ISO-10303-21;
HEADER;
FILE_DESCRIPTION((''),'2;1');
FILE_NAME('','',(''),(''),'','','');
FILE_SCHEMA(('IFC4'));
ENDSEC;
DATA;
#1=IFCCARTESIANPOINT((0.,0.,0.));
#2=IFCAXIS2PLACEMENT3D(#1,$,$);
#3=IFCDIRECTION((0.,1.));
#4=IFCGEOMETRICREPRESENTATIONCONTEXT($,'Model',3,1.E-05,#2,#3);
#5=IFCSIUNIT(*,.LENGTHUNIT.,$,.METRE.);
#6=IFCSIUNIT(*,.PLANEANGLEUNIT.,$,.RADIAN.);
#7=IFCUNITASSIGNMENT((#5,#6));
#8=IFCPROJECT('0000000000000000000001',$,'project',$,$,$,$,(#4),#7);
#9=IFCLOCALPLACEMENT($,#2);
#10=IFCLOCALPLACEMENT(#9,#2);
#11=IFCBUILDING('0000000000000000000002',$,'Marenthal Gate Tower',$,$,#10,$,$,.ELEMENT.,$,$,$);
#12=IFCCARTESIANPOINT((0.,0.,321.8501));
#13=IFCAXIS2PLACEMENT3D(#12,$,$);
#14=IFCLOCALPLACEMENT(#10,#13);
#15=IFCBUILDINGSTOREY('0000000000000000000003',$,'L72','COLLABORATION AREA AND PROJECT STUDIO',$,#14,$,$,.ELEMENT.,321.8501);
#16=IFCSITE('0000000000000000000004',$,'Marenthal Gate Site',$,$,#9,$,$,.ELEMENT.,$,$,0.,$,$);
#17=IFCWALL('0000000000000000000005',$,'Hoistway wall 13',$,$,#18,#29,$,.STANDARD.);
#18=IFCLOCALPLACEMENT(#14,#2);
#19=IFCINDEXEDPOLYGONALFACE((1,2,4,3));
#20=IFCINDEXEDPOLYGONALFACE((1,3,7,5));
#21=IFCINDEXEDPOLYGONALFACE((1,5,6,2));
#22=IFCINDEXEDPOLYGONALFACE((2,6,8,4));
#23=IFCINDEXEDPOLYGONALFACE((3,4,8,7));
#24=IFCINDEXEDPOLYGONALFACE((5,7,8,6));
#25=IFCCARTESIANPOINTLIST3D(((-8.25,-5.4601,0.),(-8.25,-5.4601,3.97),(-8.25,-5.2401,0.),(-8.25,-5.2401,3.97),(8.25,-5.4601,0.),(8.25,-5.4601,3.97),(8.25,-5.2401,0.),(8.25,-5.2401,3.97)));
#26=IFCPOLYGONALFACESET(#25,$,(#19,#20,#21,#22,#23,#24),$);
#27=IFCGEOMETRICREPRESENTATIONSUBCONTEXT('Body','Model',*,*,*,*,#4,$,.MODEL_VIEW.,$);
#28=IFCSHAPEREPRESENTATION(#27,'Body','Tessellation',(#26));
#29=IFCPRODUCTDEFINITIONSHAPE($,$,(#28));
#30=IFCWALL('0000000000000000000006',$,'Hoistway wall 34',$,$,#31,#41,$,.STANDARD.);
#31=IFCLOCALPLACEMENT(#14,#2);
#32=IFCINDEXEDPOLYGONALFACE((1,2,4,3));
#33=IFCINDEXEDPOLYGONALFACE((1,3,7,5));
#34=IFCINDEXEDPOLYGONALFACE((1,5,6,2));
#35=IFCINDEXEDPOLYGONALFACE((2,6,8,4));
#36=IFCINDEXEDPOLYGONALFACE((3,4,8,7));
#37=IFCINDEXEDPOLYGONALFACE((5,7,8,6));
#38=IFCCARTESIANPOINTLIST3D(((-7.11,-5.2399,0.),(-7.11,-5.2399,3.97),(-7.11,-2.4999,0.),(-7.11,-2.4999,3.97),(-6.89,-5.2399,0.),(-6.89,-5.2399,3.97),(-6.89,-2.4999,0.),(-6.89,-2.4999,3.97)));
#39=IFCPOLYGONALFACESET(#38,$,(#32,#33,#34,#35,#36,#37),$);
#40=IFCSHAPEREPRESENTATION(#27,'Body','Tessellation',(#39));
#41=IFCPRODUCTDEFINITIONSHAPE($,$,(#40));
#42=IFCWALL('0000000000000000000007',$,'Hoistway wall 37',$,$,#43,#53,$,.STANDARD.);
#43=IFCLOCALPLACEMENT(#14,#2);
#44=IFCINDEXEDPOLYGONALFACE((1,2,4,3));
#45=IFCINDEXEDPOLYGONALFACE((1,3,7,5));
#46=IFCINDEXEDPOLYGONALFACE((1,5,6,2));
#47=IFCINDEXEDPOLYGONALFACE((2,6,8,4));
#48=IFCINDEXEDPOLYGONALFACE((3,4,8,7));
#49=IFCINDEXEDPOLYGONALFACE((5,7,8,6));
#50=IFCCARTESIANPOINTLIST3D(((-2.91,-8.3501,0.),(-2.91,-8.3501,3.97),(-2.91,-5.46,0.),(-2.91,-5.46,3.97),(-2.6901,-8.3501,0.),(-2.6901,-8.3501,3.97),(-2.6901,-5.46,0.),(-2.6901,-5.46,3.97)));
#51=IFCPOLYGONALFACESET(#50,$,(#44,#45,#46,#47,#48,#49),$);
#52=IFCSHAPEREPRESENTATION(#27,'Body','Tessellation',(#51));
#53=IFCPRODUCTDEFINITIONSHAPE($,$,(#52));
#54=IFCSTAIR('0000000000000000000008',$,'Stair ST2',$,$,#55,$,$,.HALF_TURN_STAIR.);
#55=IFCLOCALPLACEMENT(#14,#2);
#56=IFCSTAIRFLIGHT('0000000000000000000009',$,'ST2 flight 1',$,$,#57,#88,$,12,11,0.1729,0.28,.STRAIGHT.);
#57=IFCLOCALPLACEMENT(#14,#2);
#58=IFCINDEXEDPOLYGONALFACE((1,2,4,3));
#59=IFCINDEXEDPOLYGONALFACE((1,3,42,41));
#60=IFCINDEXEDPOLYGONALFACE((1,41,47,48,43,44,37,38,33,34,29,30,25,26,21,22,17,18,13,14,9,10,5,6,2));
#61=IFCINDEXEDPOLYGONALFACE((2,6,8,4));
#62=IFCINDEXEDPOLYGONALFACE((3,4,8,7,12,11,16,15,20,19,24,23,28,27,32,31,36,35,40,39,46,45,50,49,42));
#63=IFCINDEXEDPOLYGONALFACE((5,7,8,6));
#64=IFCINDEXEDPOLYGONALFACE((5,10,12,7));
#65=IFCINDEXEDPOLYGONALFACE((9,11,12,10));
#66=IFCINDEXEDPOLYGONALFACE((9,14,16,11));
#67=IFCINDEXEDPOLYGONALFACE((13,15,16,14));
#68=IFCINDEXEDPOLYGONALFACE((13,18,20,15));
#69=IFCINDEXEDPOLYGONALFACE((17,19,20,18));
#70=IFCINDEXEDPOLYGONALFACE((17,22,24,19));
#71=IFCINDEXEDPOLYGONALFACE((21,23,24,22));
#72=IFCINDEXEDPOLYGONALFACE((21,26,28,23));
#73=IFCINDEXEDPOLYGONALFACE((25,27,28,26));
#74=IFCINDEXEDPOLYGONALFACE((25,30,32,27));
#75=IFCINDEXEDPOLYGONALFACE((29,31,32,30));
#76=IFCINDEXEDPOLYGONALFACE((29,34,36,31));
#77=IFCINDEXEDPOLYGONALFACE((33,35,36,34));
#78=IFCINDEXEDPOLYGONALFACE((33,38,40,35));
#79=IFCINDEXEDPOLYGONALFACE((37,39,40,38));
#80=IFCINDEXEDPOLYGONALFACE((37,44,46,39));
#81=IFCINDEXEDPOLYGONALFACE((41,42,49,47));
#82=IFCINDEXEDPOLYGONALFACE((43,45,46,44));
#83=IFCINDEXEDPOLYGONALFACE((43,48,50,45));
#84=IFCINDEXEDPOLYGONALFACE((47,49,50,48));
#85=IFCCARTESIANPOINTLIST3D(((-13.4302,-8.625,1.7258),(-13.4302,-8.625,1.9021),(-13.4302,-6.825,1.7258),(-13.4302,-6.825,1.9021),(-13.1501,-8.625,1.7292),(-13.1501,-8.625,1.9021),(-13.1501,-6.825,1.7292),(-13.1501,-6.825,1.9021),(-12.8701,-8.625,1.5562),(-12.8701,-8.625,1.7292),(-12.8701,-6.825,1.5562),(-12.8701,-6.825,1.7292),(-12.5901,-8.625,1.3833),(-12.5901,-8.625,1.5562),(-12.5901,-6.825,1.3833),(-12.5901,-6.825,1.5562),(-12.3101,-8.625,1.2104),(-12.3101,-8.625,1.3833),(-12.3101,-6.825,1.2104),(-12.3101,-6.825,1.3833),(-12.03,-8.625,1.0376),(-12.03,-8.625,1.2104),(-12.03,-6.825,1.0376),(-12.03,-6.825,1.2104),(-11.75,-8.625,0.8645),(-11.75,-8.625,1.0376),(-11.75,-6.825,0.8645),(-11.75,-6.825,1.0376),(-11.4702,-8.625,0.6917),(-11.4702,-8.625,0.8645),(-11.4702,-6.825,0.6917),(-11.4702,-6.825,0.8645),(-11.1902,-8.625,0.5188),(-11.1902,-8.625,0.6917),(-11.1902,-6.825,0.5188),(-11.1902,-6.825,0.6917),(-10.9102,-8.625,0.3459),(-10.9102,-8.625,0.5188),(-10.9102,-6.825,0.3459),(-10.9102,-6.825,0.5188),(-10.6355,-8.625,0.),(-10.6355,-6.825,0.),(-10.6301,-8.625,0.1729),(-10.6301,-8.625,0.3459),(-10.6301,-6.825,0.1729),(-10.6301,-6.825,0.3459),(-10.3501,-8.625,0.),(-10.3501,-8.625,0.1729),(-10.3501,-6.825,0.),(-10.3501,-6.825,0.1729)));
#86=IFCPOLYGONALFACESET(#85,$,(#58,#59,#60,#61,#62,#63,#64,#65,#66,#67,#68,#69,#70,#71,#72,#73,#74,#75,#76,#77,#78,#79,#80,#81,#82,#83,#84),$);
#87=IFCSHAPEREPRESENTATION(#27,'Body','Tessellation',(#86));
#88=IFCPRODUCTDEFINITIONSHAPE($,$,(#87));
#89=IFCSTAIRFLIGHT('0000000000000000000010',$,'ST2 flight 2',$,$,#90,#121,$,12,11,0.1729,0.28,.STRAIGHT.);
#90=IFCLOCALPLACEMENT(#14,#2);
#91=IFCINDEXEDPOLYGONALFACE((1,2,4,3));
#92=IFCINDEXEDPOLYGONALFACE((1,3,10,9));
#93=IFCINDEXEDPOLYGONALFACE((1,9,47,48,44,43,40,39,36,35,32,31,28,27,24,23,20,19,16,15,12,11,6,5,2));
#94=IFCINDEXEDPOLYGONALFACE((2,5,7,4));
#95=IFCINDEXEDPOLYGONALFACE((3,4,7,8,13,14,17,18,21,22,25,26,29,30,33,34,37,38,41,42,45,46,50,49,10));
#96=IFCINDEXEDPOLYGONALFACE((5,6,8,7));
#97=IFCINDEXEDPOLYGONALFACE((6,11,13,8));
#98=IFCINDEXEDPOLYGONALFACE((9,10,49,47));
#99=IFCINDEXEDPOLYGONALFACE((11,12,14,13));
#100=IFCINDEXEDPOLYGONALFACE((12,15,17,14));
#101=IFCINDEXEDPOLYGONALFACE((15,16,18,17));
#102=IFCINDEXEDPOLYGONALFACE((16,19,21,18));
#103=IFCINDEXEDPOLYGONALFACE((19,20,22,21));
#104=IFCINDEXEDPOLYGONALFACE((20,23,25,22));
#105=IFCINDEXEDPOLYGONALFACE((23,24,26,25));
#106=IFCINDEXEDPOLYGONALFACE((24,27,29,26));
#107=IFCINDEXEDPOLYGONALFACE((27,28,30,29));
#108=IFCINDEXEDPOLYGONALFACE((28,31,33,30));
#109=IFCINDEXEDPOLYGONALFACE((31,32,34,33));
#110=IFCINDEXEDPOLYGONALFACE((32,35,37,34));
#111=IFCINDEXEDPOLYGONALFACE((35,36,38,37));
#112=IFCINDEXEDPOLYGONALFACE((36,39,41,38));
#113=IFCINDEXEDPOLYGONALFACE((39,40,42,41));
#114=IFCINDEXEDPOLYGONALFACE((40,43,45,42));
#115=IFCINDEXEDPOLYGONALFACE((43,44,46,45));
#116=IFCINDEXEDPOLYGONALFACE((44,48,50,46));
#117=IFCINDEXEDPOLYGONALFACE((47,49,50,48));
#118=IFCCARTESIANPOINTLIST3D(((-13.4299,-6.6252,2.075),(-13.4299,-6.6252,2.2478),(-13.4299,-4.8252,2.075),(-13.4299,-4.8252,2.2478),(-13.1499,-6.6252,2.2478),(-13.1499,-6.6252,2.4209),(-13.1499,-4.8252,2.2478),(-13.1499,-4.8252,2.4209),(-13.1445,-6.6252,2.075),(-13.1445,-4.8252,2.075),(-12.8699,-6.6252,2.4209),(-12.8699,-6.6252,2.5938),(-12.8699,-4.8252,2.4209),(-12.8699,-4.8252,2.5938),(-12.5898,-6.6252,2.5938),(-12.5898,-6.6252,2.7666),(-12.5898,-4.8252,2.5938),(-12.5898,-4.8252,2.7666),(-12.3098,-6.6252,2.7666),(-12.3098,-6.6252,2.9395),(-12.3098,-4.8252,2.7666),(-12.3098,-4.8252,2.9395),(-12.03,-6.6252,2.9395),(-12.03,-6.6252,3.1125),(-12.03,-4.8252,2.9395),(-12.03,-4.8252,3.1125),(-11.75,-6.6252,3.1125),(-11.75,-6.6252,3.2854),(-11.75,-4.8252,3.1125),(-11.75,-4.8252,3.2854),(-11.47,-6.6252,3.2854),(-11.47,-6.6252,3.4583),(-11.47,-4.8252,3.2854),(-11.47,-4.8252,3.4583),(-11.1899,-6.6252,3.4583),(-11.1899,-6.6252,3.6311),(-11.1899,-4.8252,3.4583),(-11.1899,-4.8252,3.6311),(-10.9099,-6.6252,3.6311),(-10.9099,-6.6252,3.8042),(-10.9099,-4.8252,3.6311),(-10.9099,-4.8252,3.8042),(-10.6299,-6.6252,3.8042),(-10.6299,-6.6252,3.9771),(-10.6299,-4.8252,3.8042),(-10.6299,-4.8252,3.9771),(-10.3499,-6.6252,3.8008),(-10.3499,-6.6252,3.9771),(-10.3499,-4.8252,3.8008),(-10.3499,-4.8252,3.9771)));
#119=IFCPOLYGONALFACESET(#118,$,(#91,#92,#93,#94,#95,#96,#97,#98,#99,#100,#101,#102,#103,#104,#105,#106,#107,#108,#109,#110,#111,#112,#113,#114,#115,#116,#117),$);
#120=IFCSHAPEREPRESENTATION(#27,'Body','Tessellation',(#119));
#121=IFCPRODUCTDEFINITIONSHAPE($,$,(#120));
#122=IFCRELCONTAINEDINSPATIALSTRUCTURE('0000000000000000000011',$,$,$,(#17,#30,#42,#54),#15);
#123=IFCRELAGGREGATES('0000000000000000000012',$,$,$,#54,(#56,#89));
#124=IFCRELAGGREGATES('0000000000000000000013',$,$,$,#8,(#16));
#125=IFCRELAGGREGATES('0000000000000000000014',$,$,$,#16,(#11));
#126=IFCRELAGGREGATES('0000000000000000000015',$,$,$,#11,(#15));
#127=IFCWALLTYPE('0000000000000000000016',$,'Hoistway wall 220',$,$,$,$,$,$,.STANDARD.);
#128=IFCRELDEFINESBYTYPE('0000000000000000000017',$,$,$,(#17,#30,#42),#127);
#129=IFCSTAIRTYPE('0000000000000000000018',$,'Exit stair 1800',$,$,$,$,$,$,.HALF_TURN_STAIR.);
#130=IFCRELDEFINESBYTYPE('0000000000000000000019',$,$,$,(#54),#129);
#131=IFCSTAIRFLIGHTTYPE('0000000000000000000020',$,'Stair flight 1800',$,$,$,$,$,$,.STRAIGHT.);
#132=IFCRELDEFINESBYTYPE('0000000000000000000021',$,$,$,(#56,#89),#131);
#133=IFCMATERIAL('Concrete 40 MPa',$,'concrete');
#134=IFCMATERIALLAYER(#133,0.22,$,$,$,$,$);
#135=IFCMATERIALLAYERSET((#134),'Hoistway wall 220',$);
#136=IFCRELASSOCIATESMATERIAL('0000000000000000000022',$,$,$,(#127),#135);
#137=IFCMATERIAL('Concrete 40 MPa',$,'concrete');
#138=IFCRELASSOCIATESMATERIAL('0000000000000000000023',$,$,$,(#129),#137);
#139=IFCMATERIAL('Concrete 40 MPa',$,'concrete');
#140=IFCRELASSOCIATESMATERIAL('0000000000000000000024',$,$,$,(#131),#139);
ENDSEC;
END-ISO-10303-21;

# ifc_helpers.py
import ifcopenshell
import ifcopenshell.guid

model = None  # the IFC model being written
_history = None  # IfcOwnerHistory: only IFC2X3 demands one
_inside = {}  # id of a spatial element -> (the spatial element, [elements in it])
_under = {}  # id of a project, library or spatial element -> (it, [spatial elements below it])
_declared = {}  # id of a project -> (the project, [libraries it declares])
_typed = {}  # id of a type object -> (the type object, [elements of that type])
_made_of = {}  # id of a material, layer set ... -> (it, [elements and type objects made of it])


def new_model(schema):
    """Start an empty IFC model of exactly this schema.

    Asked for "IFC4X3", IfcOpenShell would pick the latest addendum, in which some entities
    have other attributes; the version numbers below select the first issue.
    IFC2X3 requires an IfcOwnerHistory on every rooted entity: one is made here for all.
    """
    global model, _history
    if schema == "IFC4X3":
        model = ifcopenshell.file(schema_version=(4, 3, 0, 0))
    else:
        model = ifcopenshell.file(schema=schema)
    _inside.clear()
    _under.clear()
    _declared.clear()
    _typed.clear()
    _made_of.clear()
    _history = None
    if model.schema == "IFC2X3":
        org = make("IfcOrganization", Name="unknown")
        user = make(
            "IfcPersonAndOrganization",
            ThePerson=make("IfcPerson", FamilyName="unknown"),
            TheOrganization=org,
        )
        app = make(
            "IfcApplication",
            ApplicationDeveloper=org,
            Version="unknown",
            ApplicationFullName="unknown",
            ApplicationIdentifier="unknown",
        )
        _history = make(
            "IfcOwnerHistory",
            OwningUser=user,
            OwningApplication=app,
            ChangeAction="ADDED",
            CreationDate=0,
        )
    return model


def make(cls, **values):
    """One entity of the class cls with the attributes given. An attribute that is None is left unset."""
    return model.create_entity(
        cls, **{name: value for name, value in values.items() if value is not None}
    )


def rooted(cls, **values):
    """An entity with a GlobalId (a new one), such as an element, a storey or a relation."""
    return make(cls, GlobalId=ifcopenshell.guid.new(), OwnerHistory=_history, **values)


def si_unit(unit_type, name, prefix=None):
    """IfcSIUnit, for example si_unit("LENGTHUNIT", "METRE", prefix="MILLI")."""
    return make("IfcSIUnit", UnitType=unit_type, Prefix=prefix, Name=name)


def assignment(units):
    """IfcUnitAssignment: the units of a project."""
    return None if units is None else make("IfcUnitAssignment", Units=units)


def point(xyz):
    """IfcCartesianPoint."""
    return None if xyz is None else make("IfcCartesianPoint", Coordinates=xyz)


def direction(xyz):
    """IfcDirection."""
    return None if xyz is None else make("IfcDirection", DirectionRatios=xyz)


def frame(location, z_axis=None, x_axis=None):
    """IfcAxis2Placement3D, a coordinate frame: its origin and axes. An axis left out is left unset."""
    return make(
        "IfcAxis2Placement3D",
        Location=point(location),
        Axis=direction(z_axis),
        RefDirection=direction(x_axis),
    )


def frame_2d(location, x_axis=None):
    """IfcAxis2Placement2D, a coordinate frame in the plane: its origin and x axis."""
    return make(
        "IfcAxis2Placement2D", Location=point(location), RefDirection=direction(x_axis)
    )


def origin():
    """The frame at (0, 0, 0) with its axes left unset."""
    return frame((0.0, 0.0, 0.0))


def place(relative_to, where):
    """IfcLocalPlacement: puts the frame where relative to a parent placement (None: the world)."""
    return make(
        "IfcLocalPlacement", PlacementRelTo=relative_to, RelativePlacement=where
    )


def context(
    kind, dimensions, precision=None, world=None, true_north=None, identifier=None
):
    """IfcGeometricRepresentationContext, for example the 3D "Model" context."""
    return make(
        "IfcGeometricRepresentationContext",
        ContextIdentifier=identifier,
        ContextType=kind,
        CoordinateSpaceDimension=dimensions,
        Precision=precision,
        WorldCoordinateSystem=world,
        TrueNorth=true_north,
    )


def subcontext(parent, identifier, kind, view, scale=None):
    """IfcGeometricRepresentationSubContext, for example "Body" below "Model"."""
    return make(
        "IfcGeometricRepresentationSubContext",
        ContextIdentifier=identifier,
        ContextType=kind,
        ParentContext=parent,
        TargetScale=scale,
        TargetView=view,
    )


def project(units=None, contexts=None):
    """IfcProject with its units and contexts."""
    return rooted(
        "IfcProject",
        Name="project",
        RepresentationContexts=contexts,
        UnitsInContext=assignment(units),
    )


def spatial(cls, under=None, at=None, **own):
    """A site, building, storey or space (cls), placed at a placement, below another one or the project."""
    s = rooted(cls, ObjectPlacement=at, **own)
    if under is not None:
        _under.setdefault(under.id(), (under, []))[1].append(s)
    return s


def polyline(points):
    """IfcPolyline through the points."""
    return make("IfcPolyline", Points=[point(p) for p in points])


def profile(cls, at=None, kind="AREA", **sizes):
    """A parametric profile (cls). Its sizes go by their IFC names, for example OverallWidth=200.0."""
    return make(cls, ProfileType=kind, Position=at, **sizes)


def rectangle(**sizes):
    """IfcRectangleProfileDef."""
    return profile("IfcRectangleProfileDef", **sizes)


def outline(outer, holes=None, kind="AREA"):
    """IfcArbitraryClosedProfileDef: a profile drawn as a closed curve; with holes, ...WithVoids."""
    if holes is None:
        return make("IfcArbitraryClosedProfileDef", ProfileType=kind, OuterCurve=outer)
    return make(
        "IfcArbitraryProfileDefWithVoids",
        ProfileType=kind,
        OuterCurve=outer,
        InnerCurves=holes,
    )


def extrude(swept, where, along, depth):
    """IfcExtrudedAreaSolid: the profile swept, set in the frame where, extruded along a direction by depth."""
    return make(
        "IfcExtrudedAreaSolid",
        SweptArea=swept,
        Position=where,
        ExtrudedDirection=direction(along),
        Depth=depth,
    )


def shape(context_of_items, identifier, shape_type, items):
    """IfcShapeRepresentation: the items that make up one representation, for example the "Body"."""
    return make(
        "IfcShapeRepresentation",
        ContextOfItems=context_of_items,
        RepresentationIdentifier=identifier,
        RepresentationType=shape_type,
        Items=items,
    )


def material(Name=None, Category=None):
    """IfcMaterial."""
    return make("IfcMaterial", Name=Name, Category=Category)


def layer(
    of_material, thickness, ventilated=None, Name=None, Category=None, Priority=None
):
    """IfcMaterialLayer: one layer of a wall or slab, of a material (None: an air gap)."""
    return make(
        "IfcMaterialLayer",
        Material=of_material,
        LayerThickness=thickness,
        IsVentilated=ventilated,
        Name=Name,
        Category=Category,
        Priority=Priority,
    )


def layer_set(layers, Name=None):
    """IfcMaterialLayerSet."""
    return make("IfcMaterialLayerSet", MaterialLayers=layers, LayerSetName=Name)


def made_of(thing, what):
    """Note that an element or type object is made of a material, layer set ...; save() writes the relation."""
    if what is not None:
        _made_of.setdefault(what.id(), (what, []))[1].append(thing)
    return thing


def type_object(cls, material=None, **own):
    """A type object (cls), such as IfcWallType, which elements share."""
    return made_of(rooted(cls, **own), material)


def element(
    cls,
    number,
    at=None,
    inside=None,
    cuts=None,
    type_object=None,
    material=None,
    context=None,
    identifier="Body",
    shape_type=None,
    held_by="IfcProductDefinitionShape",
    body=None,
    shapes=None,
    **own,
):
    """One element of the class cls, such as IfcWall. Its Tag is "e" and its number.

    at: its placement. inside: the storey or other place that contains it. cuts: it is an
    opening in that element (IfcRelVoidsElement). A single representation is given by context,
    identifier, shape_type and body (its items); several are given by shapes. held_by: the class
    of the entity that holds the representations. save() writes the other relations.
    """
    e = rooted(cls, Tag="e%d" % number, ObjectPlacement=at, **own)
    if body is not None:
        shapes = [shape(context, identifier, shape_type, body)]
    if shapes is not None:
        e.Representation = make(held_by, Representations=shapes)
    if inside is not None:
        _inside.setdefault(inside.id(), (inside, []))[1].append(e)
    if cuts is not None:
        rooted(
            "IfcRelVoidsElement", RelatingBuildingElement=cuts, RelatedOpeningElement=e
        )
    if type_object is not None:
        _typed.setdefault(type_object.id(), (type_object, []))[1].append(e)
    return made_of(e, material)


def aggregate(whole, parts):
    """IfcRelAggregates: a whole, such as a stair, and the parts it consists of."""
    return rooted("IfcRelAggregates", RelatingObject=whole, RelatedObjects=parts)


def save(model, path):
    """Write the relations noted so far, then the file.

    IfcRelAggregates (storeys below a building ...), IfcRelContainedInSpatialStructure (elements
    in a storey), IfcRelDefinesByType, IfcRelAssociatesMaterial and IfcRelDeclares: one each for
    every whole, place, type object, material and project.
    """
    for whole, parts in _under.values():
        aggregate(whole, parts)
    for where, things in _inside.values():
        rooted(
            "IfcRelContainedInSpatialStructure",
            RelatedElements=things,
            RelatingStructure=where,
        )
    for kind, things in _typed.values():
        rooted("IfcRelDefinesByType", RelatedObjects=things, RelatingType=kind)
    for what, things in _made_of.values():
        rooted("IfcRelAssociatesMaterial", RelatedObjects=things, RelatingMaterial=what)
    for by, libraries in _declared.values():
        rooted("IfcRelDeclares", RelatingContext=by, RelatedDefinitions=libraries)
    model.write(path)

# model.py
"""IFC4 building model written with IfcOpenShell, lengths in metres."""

from ifc_helpers import new_model, si_unit, direction, frame, frame_2d, origin, place, context, subcontext, project, spatial, polyline, rectangle, outline, extrude, material, layer, layer_set, type_object, element, aggregate, save


model = new_model("IFC4")

# Units and contexts
model_context = context("Model", 3, precision=1e-05, world=origin(), true_north=direction((0.0, 1.0)))
body_context = subcontext(model_context, "Body", "Model", "MODEL_VIEW")
ifc_project = project(units=[si_unit("LENGTHUNIT", "METRE"), si_unit("PLANEANGLEUNIT", "RADIAN")], contexts=[model_context])

# Site, building, storey
site_placement = place(None, origin())
site = spatial("IfcSite", under=ifc_project, at=site_placement, Name="Marenthal Gate Site", CompositionType="ELEMENT", RefElevation=0.0)
building_placement = place(site_placement, origin())
building = spatial("IfcBuilding", under=site, at=building_placement, Name="Marenthal Gate Tower", CompositionType="ELEMENT")
storey_placement = place(building_placement, frame((0.0, 0.0, 321.8501)))
storey = spatial("IfcBuildingStorey", under=building, at=storey_placement, Name="L72", Description="COLLABORATION AREA AND PROJECT STUDIO", CompositionType="ELEMENT", Elevation=321.8501)

# Shared definitions
ifc_material_1 = material(Name="Concrete 40 MPa", Category="concrete")
ifc_layer_1 = layer(ifc_material_1, 0.22)
ifc_layer_set_1 = layer_set([ifc_layer_1], Name="Hoistway wall 220")
wall_type_1 = type_object("IfcWallType", Name="Hoistway wall 220", PredefinedType="STANDARD", material=ifc_layer_set_1)

# Walls
wall_1_placement = place(storey_placement, frame((-8.25, -5.3501, 0.0), z_axis=(0.0, 0.0, 1.0), x_axis=(1.0, 0.0, 0.0)))
element("IfcWall", 1, at=wall_1_placement, inside=storey, type_object=wall_type_1, Name="Hoistway wall 13", PredefinedType="STANDARD", context=body_context, shape_type="SweptSolid", body=[
    extrude(rectangle(XDim=16.5, YDim=0.22, at=frame_2d((8.25, 0.0))), origin(), (0.0, 0.0, 1.0), 3.97),
])
wall_2_placement = place(storey_placement, frame((-7.0, -5.24, 0.0), z_axis=(0.0, 0.0, 1.0), x_axis=(0.0, 1.0, 0.0)))
element("IfcWall", 2, at=wall_2_placement, inside=storey, type_object=wall_type_1, Name="Hoistway wall 34", PredefinedType="STANDARD", context=body_context, shape_type="SweptSolid", body=[
    extrude(rectangle(XDim=2.74, YDim=0.22, at=frame_2d((1.3701, 0.0))), origin(), (0.0, 0.0, 1.0), 3.97),
])
wall_3_placement = place(storey_placement, frame((-2.8, -8.3501, 0.0), z_axis=(0.0, 0.0, 1.0), x_axis=(0.0, 1.0, 0.0)))
element("IfcWall", 3, at=wall_3_placement, inside=storey, type_object=wall_type_1, Name="Hoistway wall 37", PredefinedType="STANDARD", context=body_context, shape_type="SweptSolid", body=[
    extrude(rectangle(XDim=2.8901, YDim=0.22, at=frame_2d((1.4451, 0.0))), origin(), (0.0, 0.0, 1.0), 3.97),
])

# Stair, stair flights
ifc_material_2 = material(Name="Concrete 40 MPa", Category="concrete")
stair_type = type_object("IfcStairType", Name="Exit stair 1800", PredefinedType="HALF_TURN_STAIR", material=ifc_material_2)
stair_placement = place(storey_placement, origin())
stair = element("IfcStair", 4, at=stair_placement, inside=storey, type_object=stair_type, Name="Stair ST2", PredefinedType="HALF_TURN_STAIR")
ifc_material_3 = material(Name="Concrete 40 MPa", Category="concrete")
stair_flight_type = type_object("IfcStairFlightType", Name="Stair flight 1800", PredefinedType="STRAIGHT", material=ifc_material_3)
stair_flight_1_placement = place(storey_placement, frame((-10.3501, -7.7251, 0.0), z_axis=(0.0, 0.0, 1.0), x_axis=(-1.0, 0.0, 0.0)))
stair_flight_1 = element("IfcStairFlight", 5, at=stair_flight_1_placement, type_object=stair_flight_type, Name="ST2 flight 1", NumberOfRisers=12, NumberOfTreads=11, PredefinedType="STRAIGHT", RiserHeight=0.1729, TreadLength=0.28, context=body_context, shape_type="SweptSolid", body=[
    extrude(outline(polyline([(0.0, 0.0), (0.0, 0.1729), (0.28, 0.1729), (0.28, 0.3459), (0.5601, 0.3459), (0.5601, 0.5188), (0.8401, 0.5188), (0.8401, 0.6917), (1.1201, 0.6917), (1.1201, 0.8645), (1.3999, 0.8645), (1.3999, 1.0376), (1.6799, 1.0376), (1.6799, 1.2104), (1.96, 1.2104), (1.96, 1.3833), (2.24, 1.3833), (2.24, 1.5562), (2.52, 1.5562), (2.52, 1.7292), (2.8, 1.7292), (2.8, 1.9021), (3.0801, 1.9021), (3.0801, 2.075), (3.0801, 1.7258), (0.2854, 0.0), (0.0, 0.0)])), frame((0.0, 0.8999, 0.0), z_axis=(0.0, -1.0, 0.0), x_axis=(1.0, 0.0, 0.0)), (0.0, 0.0, 1.0), 1.8),
])
stair_flight_2_placement = place(storey_placement, frame((-13.4299, -5.7251, 2.075), z_axis=(0.0, 0.0, 1.0), x_axis=(1.0, 0.0, 0.0)))
stair_flight_2 = element("IfcStairFlight", 6, at=stair_flight_2_placement, type_object=stair_flight_type, Name="ST2 flight 2", NumberOfRisers=12, NumberOfTreads=11, PredefinedType="STRAIGHT", RiserHeight=0.1729, TreadLength=0.28, context=body_context, shape_type="SweptSolid", body=[
    extrude(outline(polyline([(0.0, 0.0), (0.0, 0.1729), (0.28, 0.1729), (0.28, 0.3459), (0.5601, 0.3459), (0.5601, 0.5188), (0.8401, 0.5188), (0.8401, 0.6917), (1.1201, 0.6917), (1.1201, 0.8645), (1.3999, 0.8645), (1.3999, 1.0376), (1.6799, 1.0376), (1.6799, 1.2104), (1.96, 1.2104), (1.96, 1.3833), (2.24, 1.3833), (2.24, 1.5562), (2.52, 1.5562), (2.52, 1.7292), (2.8, 1.7292), (2.8, 1.9021), (3.0801, 1.9021), (3.0801, 2.075), (3.0801, 1.7258), (0.2854, 0.0), (0.0, 0.0)])), frame((0.0, 0.8999, 0.0), z_axis=(0.0, -1.0, 0.0), x_axis=(1.0, 0.0, 0.0)), (0.0, 0.0, 1.0), 1.8),
])
aggregate(stair, [stair_flight_1, stair_flight_2])

save(model, "model.ifc")
